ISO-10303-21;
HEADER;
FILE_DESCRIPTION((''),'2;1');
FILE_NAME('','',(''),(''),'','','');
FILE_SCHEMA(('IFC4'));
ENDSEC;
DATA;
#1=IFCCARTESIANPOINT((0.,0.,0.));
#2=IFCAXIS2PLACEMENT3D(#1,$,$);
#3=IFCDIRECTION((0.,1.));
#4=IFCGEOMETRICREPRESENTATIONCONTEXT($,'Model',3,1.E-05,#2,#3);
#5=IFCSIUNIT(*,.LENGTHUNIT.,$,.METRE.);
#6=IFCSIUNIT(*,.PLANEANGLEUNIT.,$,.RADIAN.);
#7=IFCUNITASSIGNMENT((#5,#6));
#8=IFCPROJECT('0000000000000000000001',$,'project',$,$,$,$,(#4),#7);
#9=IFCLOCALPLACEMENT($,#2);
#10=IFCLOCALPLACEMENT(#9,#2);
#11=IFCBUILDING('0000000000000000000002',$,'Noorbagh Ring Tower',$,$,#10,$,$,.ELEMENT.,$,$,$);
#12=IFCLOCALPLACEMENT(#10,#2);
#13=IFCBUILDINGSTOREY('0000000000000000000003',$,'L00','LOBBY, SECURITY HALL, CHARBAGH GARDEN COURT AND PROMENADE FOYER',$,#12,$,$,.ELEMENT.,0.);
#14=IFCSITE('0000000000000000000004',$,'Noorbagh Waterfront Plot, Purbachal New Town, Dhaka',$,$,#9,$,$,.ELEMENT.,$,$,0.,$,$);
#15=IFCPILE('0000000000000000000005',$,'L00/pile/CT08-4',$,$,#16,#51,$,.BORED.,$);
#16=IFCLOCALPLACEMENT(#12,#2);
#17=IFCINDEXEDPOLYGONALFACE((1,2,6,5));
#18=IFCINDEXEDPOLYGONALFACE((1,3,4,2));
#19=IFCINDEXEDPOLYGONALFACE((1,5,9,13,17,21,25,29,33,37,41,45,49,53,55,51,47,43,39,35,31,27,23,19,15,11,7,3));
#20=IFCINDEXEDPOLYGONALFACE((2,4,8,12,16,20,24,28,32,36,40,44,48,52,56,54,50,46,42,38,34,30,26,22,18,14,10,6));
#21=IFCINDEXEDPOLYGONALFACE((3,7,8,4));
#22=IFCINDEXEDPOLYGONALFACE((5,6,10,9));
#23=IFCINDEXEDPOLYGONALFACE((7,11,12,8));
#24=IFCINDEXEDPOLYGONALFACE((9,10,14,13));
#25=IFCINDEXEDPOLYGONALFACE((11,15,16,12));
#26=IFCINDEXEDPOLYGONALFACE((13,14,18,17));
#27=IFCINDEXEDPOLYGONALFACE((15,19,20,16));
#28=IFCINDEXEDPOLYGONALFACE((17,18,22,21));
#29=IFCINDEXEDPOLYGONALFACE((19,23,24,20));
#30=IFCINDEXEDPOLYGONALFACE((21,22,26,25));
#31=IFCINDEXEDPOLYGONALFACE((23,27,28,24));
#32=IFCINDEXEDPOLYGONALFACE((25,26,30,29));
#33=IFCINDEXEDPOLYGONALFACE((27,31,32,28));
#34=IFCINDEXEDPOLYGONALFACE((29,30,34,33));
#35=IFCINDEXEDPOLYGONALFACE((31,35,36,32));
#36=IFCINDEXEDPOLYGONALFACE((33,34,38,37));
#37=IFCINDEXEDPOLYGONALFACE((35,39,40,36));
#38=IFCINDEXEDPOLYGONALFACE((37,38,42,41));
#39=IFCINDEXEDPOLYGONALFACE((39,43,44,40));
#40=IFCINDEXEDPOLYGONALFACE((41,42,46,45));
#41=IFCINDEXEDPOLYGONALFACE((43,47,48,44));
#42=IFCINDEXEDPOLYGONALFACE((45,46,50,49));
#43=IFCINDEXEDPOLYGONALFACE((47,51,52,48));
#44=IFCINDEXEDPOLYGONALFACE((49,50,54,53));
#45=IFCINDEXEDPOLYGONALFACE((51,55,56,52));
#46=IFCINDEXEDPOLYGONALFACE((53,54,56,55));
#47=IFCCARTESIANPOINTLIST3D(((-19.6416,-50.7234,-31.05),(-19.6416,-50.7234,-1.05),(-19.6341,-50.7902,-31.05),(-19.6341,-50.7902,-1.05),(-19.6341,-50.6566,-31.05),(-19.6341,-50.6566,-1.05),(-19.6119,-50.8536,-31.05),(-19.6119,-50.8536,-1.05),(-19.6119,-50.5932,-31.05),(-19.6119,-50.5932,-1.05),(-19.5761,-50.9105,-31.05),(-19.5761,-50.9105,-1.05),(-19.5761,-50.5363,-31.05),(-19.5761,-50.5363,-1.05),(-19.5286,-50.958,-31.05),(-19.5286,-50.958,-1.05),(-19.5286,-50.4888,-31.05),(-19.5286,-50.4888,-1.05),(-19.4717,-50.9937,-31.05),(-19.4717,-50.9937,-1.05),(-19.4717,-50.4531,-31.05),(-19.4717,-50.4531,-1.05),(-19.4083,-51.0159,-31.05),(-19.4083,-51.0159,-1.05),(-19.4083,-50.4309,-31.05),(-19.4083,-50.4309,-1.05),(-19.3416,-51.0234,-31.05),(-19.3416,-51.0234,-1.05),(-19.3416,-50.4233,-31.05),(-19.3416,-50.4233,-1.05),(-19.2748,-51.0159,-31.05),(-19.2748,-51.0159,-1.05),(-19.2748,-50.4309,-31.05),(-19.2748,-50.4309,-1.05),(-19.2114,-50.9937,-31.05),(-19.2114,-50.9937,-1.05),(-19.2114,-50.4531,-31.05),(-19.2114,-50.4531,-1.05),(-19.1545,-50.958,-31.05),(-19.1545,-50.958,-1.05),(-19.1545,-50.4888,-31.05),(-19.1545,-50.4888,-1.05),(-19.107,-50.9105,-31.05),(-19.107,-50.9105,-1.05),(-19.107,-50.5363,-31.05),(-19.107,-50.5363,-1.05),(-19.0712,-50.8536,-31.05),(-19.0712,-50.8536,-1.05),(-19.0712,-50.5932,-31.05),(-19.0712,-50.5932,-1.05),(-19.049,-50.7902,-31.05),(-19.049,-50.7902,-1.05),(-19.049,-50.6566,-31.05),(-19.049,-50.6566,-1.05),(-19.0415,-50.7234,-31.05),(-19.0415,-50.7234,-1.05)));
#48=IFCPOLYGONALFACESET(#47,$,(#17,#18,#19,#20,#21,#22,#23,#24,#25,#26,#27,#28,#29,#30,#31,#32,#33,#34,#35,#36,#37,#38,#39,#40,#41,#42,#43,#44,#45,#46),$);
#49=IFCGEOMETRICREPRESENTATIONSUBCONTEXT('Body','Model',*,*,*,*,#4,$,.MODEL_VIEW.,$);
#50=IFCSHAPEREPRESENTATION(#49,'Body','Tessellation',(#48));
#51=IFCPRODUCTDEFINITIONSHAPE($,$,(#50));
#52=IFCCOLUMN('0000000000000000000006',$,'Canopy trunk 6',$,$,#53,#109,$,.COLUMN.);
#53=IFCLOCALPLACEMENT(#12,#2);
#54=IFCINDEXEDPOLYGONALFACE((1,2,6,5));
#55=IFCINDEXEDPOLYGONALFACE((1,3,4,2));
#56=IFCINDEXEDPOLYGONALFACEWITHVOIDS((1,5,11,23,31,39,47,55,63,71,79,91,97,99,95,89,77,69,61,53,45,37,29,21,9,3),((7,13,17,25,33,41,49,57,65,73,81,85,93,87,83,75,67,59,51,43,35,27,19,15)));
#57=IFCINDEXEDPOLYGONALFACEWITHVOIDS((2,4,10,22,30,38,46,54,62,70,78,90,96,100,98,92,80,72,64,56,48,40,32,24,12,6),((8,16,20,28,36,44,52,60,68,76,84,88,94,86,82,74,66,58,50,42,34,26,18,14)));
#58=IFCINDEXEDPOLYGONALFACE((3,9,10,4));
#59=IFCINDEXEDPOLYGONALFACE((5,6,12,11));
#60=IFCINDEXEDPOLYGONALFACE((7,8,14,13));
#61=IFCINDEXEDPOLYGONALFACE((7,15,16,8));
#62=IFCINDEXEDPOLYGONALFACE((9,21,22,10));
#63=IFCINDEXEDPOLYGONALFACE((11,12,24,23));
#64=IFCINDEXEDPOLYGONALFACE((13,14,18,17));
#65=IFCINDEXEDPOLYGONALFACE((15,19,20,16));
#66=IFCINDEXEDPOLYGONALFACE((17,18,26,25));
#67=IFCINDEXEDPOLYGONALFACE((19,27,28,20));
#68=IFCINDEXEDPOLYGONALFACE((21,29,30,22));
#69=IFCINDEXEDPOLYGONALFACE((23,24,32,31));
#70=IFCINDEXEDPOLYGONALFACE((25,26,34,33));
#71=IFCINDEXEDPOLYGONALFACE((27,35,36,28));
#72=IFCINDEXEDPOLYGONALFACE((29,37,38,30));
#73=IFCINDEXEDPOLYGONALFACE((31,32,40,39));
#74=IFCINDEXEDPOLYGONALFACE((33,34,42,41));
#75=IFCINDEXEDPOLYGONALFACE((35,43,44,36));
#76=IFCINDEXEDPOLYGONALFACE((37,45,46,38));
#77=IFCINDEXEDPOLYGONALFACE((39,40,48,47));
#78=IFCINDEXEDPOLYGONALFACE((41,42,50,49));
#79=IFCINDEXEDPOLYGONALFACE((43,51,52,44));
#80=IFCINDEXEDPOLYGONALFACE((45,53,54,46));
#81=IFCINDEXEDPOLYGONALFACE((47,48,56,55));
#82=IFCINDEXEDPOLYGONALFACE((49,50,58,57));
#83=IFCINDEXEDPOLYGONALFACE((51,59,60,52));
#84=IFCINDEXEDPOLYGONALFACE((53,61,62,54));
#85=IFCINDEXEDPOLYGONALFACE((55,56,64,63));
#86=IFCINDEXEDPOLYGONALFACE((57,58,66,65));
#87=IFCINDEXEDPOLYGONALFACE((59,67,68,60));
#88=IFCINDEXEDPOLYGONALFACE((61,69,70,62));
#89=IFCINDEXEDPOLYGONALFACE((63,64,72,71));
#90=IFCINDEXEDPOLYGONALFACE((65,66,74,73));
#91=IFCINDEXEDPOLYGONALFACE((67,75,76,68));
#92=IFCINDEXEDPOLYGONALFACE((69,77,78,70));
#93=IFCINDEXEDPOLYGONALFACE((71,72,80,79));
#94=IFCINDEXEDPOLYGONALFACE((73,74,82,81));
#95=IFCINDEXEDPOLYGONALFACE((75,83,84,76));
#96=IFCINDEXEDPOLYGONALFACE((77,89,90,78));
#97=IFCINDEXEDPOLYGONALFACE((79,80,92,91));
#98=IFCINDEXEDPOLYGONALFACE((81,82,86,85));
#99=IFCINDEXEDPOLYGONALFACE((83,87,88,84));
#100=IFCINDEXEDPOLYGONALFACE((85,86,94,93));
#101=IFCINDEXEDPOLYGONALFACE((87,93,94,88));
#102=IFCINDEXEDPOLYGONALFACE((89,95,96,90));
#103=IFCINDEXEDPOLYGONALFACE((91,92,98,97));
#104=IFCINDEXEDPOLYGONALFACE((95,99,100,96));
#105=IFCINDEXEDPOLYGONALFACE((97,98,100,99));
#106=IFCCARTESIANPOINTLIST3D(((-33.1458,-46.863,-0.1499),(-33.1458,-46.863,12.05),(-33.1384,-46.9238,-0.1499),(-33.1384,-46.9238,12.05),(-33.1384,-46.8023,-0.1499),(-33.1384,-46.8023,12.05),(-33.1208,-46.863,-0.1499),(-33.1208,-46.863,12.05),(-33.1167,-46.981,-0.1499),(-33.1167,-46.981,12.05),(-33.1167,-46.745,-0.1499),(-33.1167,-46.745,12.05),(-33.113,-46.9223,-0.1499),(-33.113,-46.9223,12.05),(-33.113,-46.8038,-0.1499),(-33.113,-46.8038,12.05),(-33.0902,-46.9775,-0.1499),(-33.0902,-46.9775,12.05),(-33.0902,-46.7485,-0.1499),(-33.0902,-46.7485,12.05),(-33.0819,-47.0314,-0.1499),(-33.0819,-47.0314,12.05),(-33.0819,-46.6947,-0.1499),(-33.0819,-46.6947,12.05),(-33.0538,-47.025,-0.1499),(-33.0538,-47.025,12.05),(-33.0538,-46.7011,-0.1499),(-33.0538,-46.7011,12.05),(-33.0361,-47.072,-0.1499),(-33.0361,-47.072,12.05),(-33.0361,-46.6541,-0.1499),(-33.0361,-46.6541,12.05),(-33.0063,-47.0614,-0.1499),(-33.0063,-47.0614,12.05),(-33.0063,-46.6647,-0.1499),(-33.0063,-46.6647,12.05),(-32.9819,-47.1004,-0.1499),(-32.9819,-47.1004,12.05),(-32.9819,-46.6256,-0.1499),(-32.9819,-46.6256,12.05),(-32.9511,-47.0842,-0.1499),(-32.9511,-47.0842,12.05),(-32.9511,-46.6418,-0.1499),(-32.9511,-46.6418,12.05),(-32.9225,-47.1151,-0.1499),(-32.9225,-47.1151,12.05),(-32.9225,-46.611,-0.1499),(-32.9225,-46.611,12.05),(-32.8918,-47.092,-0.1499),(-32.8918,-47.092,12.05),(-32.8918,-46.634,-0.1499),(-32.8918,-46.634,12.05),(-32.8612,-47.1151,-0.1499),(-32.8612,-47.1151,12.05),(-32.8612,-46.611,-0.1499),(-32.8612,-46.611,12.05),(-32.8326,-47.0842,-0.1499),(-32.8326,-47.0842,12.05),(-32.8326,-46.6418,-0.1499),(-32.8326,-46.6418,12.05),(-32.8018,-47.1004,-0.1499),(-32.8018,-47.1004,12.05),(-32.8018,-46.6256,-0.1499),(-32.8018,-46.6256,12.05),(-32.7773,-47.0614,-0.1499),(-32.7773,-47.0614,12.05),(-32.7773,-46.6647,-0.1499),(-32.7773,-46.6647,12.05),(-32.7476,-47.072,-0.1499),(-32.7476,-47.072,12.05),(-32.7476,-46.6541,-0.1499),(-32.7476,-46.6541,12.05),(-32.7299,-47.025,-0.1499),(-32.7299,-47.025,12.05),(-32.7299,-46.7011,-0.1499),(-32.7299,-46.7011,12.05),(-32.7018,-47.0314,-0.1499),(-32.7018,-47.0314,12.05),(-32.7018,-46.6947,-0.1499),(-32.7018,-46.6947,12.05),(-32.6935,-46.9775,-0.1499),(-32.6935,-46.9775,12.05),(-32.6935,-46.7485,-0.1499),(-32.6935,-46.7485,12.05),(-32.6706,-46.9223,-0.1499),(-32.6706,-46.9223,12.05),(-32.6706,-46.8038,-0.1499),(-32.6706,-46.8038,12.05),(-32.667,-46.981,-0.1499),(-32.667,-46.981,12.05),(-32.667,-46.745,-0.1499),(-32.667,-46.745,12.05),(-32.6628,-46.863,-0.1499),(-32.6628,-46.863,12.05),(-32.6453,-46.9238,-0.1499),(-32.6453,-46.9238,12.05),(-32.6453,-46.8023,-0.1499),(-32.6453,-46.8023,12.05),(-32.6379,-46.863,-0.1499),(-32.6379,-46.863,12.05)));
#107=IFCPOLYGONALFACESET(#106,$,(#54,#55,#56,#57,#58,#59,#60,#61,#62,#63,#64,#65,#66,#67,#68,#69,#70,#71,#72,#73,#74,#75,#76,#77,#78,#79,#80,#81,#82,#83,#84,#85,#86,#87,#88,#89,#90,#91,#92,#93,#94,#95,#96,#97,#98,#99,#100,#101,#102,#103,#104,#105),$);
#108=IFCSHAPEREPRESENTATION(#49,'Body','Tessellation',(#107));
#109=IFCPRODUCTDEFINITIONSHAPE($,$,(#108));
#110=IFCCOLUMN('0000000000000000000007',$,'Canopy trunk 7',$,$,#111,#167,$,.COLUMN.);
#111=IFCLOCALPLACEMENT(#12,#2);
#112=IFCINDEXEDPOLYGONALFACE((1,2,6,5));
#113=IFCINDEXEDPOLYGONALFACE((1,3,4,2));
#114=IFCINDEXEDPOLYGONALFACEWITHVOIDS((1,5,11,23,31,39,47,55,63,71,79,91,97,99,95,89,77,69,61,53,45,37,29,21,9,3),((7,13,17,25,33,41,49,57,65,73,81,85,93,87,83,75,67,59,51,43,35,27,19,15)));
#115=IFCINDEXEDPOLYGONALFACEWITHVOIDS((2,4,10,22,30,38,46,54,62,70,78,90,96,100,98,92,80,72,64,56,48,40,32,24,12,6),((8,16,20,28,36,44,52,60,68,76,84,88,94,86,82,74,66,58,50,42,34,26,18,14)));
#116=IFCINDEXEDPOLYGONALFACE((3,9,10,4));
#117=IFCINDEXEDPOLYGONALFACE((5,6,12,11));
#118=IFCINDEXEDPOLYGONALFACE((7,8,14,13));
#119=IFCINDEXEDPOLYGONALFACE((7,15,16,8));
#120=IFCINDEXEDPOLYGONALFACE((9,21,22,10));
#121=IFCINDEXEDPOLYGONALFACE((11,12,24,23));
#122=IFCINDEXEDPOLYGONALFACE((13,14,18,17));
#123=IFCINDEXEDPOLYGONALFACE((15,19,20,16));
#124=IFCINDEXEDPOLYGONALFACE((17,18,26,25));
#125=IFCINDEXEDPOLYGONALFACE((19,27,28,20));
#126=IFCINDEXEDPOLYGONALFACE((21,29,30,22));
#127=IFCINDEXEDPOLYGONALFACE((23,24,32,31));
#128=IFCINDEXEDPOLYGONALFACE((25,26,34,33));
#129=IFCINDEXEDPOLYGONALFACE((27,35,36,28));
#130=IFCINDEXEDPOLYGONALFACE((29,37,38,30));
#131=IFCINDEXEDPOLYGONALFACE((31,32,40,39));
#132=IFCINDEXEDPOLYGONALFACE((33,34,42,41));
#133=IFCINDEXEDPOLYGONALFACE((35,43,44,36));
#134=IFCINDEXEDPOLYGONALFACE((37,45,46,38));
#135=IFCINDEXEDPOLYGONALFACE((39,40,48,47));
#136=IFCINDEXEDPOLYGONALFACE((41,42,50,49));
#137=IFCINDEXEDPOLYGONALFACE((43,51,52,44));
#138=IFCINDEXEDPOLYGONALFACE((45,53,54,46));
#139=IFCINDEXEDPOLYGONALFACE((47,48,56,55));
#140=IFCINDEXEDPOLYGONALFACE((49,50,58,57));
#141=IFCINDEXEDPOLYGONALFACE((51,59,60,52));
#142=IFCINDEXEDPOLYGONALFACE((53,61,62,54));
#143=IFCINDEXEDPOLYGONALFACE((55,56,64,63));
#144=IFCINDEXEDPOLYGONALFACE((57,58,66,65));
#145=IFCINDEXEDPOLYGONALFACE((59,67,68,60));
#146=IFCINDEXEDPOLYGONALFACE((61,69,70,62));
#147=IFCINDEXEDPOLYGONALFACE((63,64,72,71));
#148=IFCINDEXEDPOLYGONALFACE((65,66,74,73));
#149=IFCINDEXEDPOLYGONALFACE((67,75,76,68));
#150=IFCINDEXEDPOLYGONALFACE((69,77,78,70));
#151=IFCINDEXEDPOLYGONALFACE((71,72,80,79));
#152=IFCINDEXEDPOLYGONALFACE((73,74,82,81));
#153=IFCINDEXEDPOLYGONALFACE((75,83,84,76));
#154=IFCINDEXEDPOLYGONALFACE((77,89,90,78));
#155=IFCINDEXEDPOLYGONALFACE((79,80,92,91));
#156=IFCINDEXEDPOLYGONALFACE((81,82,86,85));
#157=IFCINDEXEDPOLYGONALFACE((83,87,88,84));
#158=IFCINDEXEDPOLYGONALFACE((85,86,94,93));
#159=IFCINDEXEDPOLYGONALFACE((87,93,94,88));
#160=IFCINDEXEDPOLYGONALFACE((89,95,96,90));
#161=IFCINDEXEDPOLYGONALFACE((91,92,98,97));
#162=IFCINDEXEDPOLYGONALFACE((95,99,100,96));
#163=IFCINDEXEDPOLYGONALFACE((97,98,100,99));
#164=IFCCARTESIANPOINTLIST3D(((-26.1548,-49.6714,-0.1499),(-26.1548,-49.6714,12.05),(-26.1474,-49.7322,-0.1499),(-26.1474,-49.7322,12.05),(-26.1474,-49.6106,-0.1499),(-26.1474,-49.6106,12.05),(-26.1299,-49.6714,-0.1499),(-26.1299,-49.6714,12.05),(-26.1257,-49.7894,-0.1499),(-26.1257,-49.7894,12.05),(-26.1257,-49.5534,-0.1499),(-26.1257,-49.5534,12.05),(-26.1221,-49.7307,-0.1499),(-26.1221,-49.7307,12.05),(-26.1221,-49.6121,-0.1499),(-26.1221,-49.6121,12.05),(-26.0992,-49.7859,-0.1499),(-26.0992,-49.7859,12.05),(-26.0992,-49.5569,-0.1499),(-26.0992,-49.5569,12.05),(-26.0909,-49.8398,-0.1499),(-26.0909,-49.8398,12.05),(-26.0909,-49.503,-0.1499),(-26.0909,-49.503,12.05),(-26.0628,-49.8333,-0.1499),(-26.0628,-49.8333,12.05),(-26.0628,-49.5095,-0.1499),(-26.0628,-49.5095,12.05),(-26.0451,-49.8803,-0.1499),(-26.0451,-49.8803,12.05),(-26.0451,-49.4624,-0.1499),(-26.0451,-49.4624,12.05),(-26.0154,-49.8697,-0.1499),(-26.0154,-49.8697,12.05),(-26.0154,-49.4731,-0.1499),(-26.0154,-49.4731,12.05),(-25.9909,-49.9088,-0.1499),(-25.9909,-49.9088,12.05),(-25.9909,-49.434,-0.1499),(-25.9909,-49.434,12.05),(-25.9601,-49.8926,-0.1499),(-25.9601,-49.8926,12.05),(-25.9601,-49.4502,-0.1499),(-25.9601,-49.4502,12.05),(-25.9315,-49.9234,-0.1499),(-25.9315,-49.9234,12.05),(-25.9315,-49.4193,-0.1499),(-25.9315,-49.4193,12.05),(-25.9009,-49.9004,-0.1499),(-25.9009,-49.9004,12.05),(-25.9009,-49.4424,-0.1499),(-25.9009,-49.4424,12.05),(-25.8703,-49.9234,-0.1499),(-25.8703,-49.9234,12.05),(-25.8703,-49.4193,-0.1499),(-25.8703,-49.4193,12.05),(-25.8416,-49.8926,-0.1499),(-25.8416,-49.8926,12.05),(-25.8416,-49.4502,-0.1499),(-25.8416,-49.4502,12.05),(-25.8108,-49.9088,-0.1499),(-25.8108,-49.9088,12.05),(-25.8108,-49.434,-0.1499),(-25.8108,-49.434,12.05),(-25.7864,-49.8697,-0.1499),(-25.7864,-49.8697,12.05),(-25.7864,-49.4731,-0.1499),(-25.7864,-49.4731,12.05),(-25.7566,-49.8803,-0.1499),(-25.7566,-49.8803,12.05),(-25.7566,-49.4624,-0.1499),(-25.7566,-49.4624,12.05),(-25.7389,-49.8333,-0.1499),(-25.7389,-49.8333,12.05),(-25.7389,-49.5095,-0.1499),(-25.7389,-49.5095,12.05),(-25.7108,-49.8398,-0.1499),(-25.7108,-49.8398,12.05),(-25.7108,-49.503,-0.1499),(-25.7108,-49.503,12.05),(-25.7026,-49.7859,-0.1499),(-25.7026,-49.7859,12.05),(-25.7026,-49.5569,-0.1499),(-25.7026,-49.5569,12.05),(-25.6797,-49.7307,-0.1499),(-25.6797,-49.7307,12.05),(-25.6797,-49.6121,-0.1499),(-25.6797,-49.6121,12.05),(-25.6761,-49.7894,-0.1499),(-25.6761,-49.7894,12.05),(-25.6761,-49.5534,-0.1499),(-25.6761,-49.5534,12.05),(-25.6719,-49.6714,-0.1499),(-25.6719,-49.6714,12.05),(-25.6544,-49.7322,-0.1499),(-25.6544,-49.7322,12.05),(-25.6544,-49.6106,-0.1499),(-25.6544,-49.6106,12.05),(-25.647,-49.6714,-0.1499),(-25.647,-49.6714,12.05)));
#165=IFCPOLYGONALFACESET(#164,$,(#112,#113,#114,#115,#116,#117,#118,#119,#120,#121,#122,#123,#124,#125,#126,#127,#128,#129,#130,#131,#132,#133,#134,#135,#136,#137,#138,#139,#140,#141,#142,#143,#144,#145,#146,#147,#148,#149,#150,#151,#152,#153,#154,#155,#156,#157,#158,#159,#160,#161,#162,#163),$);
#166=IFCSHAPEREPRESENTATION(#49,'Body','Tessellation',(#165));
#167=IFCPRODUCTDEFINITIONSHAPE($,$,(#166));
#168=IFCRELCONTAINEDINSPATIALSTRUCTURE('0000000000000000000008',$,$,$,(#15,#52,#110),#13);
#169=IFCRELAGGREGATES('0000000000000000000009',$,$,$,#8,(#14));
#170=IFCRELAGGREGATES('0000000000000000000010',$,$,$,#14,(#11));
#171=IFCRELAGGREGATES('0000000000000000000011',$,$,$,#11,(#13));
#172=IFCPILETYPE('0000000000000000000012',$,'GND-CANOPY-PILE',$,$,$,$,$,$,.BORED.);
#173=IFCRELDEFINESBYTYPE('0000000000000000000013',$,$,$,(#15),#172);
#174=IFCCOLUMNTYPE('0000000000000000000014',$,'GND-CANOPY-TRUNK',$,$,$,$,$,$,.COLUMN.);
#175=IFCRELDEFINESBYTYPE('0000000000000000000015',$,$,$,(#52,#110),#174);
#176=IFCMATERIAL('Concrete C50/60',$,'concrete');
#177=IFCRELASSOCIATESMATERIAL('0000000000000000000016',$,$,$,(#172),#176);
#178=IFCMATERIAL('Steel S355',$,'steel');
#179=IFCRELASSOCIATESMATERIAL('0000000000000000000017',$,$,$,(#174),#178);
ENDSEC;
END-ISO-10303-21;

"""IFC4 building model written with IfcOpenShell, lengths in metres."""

from ifc_helpers import new_model, si_unit, direction, frame, origin, origin_2d, place, context, subcontext, project, spatial, circle, hollow_circle, extrude, material, material_profile, profile_set, type_object, element, save


model = new_model("IFC4")

# Units and contexts
model_context = context("Model", 3, precision=1e-05, world=origin(), true_north=direction((0.0, 1.0)))
body_context = subcontext(model_context, "Body", "Model", "MODEL_VIEW")
ifc_project = project(units=[si_unit("LENGTHUNIT", "METRE"), si_unit("PLANEANGLEUNIT", "RADIAN")], contexts=[model_context])

# Site, building, storey
site_placement = place(None, origin())
site = spatial("IfcSite", under=ifc_project, at=site_placement, Name="Noorbagh Waterfront Plot, Purbachal New Town, Dhaka", CompositionType="ELEMENT", RefElevation=0.0)
building_placement = place(site_placement, origin())
building = spatial("IfcBuilding", under=site, at=building_placement, Name="Noorbagh Ring Tower", CompositionType="ELEMENT")
storey_placement = place(building_placement, origin())
storey = spatial("IfcBuildingStorey", under=building, at=storey_placement, Name="L00", Description="LOBBY, SECURITY HALL, CHARBAGH GARDEN COURT AND PROMENADE FOYER", CompositionType="ELEMENT", Elevation=0.0)

# Pile
ifc_material_1 = material(Name="Concrete C50/60", Category="concrete")
ifc_material_profile_1 = material_profile(ifc_material_1, circle(Radius=0.3, at=origin_2d()), Name="PILE600")
ifc_profile_set_1 = profile_set([ifc_material_profile_1], Name="Concrete C50/60")
pile_type = type_object("IfcPileType", Name="GND-CANOPY-PILE", PredefinedType="BORED", material=ifc_profile_set_1)
for number, where, z_axis, x_axis, name in (
    (1, (-19.3416, -50.7234, -1.05), (0.0, 0.0, -1.0), (1.0, 0.0, 0.0), "L00/pile/CT08-4"),
):
    element("IfcPile", number, at=place(storey_placement, frame(where, z_axis=z_axis, x_axis=x_axis)), inside=storey, type_object=pile_type, Name=name, PredefinedType="BORED", context=body_context, shape_type="SweptSolid", body=[
        extrude(circle(Radius=0.3, at=origin_2d()), origin(), (0.0, 0.0, 1.0), 30.0),
    ])

# Columns
ifc_material_2 = material(Name="Steel S355", Category="steel")
ifc_material_profile_2 = material_profile(ifc_material_2, hollow_circle(Radius=0.2539, WallThickness=0.0249, at=origin_2d()), Name="CHS508x25")
ifc_profile_set_2 = profile_set([ifc_material_profile_2], Name="Steel S355")
column_type = type_object("IfcColumnType", Name="GND-CANOPY-TRUNK", PredefinedType="COLUMN", material=ifc_profile_set_2)
for number, where, z_axis, x_axis, name in (
    (2, (-32.8918, -46.863, -0.1499), (0.0, 0.0, 1.0), (1.0, 0.0, 0.0), "Canopy trunk 6"),
    (3, (-25.9009, -49.6714, -0.1499), (0.0, 0.0, 1.0), (1.0, 0.0, 0.0), "Canopy trunk 7"),
):
    element("IfcColumn", number, at=place(storey_placement, frame(where, z_axis=z_axis, x_axis=x_axis)), inside=storey, type_object=column_type, Name=name, PredefinedType="COLUMN", context=body_context, shape_type="SweptSolid", body=[
        extrude(hollow_circle(Radius=0.2539, WallThickness=0.0249, at=origin_2d()), origin(), (0.0, 0.0, 1.0), 12.2),
    ])

save(model, "model.ifc")
